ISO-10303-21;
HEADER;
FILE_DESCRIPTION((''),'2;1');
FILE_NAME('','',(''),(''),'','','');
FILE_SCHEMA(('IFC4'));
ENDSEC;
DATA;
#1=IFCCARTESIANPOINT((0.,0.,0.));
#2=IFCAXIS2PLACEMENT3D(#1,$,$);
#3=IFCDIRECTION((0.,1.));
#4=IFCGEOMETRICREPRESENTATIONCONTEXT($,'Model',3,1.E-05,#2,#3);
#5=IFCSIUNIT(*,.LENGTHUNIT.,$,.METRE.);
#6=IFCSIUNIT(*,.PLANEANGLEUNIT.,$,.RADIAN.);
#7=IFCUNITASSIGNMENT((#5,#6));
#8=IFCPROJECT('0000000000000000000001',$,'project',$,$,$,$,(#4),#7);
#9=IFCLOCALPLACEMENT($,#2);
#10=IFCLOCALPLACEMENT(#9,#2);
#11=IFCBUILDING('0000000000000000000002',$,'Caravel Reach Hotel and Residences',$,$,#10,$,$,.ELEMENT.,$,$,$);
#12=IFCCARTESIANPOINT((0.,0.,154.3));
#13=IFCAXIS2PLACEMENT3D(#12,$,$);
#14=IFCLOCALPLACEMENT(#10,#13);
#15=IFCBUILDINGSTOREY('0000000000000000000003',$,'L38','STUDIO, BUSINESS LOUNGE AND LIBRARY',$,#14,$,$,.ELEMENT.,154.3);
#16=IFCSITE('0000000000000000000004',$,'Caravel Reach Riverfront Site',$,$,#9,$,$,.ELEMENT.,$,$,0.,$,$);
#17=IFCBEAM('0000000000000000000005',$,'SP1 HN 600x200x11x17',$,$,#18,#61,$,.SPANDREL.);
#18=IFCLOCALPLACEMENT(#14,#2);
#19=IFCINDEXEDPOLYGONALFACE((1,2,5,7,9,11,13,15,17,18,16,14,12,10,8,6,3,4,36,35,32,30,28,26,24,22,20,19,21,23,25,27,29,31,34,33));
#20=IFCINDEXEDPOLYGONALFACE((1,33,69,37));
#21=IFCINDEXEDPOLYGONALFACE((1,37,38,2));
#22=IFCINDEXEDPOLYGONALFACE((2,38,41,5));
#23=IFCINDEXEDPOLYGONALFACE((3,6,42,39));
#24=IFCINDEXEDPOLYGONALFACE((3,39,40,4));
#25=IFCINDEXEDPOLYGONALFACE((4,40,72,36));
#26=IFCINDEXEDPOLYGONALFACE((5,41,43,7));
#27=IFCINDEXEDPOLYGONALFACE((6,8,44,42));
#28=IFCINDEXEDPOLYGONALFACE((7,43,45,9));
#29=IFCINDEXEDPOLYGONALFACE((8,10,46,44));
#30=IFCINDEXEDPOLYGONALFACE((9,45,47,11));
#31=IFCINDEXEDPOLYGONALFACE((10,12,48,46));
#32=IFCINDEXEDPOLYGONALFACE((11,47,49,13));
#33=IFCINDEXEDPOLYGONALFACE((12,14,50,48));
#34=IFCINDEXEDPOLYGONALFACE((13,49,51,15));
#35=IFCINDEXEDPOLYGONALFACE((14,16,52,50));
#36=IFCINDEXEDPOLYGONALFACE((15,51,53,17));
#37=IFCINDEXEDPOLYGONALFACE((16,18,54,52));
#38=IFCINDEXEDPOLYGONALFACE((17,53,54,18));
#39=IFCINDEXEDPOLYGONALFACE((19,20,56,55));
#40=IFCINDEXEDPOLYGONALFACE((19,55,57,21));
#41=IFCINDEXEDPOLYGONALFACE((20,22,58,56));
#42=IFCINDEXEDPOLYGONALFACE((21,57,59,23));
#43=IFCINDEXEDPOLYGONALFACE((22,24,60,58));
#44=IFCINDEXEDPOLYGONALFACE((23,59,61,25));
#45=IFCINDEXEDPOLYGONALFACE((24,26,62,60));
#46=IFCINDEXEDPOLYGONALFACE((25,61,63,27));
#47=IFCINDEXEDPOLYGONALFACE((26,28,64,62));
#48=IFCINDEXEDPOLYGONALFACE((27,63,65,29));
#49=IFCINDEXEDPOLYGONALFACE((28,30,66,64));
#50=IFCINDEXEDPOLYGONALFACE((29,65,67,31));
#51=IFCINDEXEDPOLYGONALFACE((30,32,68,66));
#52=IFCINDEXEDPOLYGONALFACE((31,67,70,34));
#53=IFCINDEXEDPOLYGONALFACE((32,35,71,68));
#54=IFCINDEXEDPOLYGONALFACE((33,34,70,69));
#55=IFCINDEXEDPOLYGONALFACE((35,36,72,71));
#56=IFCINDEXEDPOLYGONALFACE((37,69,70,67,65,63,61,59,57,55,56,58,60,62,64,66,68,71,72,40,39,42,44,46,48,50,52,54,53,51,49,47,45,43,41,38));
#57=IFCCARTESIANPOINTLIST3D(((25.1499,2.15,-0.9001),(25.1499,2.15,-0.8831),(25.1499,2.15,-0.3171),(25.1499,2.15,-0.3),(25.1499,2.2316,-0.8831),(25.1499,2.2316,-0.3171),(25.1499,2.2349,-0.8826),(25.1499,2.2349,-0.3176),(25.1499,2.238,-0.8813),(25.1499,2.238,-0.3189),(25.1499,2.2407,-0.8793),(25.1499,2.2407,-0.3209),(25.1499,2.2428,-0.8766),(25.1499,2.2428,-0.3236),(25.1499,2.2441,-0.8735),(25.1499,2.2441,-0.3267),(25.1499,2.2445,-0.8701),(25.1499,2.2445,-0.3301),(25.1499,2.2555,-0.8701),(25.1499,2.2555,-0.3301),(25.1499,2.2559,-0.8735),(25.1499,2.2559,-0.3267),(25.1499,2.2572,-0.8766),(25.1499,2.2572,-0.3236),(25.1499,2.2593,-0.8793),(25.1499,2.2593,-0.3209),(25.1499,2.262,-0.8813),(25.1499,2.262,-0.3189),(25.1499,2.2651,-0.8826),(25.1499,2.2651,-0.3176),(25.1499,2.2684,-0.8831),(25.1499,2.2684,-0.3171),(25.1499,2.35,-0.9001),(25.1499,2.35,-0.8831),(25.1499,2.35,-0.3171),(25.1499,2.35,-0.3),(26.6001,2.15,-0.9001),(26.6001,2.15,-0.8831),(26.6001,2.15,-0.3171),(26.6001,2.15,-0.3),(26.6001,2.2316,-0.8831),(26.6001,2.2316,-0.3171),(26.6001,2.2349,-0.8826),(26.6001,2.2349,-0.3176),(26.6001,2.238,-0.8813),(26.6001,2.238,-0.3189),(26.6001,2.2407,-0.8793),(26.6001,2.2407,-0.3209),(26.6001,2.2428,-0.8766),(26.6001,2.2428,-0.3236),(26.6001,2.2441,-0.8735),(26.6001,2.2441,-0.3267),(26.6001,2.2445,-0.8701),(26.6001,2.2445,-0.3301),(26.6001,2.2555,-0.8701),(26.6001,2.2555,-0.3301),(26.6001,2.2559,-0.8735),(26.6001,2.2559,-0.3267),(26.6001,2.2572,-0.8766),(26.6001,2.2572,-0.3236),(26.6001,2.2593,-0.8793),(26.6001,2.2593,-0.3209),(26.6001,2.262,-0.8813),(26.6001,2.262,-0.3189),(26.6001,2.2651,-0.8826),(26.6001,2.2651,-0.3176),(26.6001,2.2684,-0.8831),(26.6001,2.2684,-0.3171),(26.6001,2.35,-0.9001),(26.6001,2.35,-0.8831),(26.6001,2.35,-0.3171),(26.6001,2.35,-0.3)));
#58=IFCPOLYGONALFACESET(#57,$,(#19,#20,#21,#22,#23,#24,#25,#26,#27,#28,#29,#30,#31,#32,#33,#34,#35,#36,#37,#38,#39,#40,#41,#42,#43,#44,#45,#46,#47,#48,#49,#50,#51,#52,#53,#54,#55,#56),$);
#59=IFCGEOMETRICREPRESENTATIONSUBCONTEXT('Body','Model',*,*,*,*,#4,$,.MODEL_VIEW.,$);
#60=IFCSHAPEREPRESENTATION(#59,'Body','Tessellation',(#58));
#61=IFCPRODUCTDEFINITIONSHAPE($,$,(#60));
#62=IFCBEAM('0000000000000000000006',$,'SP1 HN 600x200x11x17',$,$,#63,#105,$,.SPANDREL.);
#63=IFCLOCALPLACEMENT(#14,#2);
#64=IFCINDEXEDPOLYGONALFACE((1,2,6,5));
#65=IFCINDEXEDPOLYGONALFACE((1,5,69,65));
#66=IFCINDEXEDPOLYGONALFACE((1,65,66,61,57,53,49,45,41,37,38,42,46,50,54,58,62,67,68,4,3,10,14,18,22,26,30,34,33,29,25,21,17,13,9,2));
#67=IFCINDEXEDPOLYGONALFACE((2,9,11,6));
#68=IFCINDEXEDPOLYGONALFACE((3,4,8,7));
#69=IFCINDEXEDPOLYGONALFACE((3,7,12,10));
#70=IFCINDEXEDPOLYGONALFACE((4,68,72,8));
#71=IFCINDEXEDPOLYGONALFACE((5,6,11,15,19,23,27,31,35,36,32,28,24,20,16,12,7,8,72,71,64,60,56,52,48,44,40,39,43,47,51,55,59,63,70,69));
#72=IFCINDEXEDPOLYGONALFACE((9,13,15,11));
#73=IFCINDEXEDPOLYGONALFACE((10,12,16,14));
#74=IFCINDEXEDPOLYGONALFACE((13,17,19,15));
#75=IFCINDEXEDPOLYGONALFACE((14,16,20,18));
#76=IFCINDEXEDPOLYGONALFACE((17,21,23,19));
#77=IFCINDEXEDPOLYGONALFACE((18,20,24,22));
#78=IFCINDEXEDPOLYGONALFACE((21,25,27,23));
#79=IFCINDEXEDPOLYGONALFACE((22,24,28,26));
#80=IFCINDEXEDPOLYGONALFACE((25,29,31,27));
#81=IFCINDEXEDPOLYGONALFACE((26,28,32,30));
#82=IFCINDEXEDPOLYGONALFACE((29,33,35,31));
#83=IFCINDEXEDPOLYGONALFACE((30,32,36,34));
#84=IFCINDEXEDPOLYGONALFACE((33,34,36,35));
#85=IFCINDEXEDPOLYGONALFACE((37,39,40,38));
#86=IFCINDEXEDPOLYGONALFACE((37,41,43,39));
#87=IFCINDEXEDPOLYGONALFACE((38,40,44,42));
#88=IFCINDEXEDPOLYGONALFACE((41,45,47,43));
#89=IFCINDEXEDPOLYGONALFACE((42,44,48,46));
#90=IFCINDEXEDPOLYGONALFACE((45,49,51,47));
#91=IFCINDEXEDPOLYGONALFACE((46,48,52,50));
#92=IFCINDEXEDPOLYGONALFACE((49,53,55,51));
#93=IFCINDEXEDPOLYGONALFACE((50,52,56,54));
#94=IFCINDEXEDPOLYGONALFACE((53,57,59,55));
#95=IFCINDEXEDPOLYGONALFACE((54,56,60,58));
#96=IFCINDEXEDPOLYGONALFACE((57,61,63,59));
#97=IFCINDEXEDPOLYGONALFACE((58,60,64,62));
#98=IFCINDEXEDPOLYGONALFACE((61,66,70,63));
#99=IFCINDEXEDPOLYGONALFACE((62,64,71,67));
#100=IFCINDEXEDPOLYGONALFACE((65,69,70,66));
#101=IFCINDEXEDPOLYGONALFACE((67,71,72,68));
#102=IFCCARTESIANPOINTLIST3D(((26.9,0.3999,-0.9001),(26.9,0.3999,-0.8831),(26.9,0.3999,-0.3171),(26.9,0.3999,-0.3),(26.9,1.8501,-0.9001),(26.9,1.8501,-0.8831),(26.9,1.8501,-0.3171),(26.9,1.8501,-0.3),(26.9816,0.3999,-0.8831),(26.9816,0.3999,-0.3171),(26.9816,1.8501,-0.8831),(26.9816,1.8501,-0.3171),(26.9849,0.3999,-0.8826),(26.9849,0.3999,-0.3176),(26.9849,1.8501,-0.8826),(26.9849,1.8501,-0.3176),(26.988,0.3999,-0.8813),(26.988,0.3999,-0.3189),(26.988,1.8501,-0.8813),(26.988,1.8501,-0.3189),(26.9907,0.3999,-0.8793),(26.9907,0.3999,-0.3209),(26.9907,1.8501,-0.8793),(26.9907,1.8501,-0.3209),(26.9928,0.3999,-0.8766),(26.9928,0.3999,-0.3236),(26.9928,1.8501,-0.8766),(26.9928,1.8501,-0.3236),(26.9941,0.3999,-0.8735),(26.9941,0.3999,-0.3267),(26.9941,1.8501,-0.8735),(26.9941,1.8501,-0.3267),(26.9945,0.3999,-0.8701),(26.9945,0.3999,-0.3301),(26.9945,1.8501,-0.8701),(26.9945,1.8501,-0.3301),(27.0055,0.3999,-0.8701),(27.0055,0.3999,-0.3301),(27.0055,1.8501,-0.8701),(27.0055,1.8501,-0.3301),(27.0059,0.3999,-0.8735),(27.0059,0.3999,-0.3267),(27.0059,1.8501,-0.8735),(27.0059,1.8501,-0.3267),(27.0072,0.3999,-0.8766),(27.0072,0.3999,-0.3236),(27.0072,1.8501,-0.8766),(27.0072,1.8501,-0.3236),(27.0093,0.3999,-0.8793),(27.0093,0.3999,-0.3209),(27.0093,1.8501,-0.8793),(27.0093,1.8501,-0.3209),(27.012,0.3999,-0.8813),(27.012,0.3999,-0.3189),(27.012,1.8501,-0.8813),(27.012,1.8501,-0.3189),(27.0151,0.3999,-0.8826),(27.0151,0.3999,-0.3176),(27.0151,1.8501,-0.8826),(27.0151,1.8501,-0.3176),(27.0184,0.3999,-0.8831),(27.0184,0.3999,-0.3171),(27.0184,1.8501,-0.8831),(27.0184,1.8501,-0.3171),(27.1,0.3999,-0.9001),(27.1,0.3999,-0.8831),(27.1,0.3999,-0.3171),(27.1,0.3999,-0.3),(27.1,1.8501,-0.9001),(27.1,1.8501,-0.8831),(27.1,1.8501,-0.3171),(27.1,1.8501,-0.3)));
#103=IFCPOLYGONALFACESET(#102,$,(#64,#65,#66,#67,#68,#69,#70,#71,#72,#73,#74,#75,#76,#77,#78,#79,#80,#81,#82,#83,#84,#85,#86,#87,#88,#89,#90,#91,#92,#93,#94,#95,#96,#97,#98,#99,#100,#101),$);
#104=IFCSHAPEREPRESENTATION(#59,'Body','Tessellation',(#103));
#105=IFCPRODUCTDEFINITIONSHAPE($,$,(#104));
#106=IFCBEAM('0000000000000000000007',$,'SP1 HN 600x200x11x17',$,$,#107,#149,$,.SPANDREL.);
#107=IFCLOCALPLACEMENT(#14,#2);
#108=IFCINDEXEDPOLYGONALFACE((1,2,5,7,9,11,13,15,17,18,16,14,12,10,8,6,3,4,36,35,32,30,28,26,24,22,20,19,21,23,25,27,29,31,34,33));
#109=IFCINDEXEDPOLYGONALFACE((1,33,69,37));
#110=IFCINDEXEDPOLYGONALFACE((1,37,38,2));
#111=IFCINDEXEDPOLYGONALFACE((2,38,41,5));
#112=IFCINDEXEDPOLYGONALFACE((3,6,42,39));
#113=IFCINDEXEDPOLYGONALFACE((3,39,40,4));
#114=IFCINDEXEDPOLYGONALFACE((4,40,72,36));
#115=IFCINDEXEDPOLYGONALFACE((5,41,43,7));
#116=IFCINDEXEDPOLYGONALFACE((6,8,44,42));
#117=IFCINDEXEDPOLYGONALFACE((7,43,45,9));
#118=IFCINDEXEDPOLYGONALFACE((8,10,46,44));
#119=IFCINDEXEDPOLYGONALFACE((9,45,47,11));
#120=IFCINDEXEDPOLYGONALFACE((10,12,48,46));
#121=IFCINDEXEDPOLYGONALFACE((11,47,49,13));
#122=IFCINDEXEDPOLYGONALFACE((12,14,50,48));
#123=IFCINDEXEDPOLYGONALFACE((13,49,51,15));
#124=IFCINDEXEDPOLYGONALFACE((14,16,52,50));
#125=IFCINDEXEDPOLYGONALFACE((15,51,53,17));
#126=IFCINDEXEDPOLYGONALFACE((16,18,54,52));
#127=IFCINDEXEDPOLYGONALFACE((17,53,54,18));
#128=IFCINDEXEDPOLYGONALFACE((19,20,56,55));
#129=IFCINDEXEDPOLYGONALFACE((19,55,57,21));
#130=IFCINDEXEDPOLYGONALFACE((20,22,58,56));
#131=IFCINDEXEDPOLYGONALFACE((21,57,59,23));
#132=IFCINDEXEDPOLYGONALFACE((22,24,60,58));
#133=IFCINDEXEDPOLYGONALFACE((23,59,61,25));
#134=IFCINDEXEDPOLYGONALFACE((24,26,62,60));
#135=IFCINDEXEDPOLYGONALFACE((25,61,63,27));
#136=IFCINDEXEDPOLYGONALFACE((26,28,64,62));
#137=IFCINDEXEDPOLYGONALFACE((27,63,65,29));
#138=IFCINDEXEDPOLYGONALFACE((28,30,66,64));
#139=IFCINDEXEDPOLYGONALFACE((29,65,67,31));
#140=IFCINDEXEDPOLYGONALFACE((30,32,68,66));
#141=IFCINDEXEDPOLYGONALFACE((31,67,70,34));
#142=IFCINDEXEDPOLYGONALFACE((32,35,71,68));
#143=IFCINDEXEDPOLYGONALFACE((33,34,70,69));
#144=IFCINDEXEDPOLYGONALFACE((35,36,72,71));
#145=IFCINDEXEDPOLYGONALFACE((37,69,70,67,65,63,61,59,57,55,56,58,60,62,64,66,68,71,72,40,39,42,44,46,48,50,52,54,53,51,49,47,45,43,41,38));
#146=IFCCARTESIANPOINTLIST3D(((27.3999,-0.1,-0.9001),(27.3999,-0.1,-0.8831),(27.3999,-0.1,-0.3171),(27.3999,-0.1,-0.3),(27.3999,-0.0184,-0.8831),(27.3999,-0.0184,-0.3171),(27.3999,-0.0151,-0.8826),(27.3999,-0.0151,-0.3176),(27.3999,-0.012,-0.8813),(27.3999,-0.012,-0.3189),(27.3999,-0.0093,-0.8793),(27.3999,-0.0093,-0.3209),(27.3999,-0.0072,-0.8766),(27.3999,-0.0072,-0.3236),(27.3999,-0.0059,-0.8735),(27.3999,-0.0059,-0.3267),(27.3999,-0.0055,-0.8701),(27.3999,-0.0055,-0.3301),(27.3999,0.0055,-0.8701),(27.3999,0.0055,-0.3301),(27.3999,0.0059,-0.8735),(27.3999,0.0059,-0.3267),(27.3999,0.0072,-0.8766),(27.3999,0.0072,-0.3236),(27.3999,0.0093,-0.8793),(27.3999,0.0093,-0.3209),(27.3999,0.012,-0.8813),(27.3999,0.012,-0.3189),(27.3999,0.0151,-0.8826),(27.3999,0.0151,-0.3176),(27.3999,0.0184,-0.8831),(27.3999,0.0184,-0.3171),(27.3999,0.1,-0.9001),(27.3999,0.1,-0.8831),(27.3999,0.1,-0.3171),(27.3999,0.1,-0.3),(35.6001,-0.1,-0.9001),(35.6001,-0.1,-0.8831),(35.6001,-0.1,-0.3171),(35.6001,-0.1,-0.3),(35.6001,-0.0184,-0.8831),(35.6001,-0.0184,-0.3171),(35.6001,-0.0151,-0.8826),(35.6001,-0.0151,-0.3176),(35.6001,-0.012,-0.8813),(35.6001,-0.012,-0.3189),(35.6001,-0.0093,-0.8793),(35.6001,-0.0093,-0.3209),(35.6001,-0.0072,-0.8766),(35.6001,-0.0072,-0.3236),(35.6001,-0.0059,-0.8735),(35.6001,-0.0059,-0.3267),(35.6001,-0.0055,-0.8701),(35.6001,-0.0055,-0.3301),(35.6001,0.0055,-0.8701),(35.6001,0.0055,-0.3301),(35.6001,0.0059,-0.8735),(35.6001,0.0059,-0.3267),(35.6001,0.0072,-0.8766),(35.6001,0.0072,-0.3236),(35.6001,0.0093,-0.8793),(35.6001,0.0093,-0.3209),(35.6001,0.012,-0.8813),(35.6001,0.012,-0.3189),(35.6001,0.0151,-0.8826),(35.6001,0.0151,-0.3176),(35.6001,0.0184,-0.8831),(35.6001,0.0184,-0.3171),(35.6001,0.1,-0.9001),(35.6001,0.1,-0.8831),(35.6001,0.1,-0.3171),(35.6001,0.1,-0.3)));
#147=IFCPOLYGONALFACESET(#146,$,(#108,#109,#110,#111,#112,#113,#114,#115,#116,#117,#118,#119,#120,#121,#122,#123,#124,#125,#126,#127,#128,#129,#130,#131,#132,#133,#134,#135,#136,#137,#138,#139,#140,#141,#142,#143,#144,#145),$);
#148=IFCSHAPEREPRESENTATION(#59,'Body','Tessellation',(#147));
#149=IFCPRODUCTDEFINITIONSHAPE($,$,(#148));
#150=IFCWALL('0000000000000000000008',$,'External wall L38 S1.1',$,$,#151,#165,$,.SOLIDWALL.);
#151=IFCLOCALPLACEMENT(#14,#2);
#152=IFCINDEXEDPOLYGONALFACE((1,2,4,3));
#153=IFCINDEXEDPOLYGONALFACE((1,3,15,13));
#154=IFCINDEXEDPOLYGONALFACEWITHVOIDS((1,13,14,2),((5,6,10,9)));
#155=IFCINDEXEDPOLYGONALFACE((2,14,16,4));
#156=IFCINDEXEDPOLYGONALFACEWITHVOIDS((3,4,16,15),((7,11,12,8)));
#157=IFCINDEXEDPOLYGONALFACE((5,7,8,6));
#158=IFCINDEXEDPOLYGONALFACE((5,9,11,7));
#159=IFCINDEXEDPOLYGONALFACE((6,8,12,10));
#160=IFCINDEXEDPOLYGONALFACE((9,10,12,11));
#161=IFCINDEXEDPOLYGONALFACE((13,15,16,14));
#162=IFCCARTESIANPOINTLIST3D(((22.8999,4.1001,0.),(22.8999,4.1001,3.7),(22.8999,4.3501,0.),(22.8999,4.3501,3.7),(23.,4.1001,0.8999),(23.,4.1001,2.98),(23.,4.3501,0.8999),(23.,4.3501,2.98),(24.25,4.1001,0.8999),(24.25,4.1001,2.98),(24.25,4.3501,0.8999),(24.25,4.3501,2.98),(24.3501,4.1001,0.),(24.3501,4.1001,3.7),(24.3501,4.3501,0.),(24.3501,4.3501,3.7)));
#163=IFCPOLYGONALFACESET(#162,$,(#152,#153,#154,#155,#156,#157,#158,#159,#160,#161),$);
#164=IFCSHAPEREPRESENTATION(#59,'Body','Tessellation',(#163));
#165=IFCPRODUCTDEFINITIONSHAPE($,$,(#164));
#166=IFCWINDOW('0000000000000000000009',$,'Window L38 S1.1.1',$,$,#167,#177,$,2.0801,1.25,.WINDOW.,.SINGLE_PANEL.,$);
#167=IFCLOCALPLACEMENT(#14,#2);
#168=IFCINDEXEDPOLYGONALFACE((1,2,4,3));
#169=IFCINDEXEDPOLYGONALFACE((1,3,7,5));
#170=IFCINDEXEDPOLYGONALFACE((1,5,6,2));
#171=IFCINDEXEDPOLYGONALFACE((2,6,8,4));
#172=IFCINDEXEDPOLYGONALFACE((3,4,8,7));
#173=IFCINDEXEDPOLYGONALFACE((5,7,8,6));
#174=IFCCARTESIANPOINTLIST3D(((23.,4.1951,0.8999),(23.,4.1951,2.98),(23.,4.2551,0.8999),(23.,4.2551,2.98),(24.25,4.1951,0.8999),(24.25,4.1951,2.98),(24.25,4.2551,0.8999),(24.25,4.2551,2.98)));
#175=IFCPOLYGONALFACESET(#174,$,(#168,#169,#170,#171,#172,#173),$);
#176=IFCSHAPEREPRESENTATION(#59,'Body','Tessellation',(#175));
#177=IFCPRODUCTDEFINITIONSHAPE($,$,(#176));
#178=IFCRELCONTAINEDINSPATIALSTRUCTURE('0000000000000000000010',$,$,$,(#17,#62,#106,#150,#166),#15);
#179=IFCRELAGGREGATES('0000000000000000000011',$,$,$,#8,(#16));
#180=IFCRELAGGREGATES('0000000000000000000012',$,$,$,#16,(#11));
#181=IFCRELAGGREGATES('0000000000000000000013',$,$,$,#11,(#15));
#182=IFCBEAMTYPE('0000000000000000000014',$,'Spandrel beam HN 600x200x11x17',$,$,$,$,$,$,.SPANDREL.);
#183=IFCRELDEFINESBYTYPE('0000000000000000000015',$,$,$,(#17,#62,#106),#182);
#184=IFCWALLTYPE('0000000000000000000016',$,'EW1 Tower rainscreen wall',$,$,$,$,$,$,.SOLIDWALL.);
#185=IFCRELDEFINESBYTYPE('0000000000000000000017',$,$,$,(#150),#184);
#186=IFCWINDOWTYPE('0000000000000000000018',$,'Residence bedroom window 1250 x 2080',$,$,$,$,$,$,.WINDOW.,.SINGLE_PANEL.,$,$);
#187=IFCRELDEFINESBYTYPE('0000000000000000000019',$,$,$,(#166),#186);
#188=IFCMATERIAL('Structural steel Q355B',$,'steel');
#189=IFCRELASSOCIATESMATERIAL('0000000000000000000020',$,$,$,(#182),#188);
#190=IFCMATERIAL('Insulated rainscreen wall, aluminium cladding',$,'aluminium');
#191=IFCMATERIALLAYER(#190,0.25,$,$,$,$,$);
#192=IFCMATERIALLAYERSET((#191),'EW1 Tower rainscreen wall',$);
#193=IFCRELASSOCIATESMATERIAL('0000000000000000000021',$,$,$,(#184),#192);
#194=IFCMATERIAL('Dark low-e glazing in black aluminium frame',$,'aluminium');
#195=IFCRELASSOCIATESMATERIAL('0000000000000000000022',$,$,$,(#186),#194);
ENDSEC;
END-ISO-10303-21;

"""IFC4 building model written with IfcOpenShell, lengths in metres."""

from ifc_helpers import new_model, si_unit, direction, frame, frame_2d, origin, origin_2d, place, context, subcontext, project, spatial, rectangle, i_section, extrude, material, layer, layer_set, material_profile, profile_set, type_object, element, fill, save


model = new_model("IFC4")

# Units and contexts
model_context = context("Model", 3, precision=1e-05, world=origin(), true_north=direction((0.0, 1.0)))
body_context = subcontext(model_context, "Body", "Model", "MODEL_VIEW")
ifc_project = project(units=[si_unit("LENGTHUNIT", "METRE"), si_unit("PLANEANGLEUNIT", "RADIAN")], contexts=[model_context])

# Site, building, storey
site_placement = place(None, origin())
site = spatial("IfcSite", under=ifc_project, at=site_placement, Name="Caravel Reach Riverfront Site", CompositionType="ELEMENT", RefElevation=0.0)
building_placement = place(site_placement, origin())
building = spatial("IfcBuilding", under=site, at=building_placement, Name="Caravel Reach Hotel and Residences", CompositionType="ELEMENT")
storey_placement = place(building_placement, frame((0.0, 0.0, 154.3)))
storey = spatial("IfcBuildingStorey", under=building, at=storey_placement, Name="L38", Description="STUDIO, BUSINESS LOUNGE AND LIBRARY", CompositionType="ELEMENT", Elevation=154.3)

# Beams
ifc_material_1 = material(Name="Structural steel Q355B", Category="steel")
ifc_material_profile_1 = material_profile(ifc_material_1, i_section(OverallWidth=0.2, OverallDepth=0.6001, WebThickness=0.011, FlangeThickness=0.0171, FilletRadius=0.0129, at=origin_2d()), Name="HN 600x200x11x17")
ifc_profile_set_1 = profile_set([ifc_material_profile_1], Name="Structural steel Q355B")
beam_type = type_object("IfcBeamType", Name="Spandrel beam HN 600x200x11x17", PredefinedType="SPANDREL", material=ifc_profile_set_1)
for number, where, z_axis, x_axis, name in (
    (1, (25.1499, 2.25, -0.6001), (1.0, 0.0, 0.0), (0.0, 1.0, 0.0), "SP1 HN 600x200x11x17"),
    (2, (27.0, 1.8501, -0.6001), (0.0, -1.0, 0.0), (1.0, 0.0, 0.0), "SP1 HN 600x200x11x17"),
):
    element("IfcBeam", number, at=place(storey_placement, frame(where, z_axis=z_axis, x_axis=x_axis)), inside=storey, type_object=beam_type, Name=name, PredefinedType="SPANDREL", context=body_context, shape_type="SweptSolid", body=[
        extrude(i_section(OverallWidth=0.2, OverallDepth=0.6001, WebThickness=0.011, FlangeThickness=0.0171, FilletRadius=0.0129, at=origin_2d()), origin(), (0.0, 0.0, 1.0), 1.4502),
    ])
beam_placement = place(storey_placement, frame((27.3999, 0.0, -0.6001), z_axis=(1.0, 0.0, 0.0), x_axis=(0.0, 1.0, 0.0)))
element("IfcBeam", 3, at=beam_placement, inside=storey, type_object=beam_type, Name="SP1 HN 600x200x11x17", PredefinedType="SPANDREL", context=body_context, shape_type="SweptSolid", body=[
    extrude(i_section(OverallWidth=0.2, OverallDepth=0.6001, WebThickness=0.011, FlangeThickness=0.0171, FilletRadius=0.0129, at=origin_2d()), origin(), (0.0, 0.0, 1.0), 8.2002),
])

# Wall, opening, window
ifc_material_2 = material(Name="Insulated rainscreen wall, aluminium cladding", Category="aluminium")
ifc_layer_1 = layer(ifc_material_2, 0.25)
ifc_layer_set_1 = layer_set([ifc_layer_1], Name="EW1 Tower rainscreen wall")
wall_type_1 = type_object("IfcWallType", Name="EW1 Tower rainscreen wall", PredefinedType="SOLIDWALL", material=ifc_layer_set_1)
wall_1_placement = place(storey_placement, frame((22.8999, 4.2251, 0.0), z_axis=(0.0, 0.0, 1.0), x_axis=(1.0, 0.0, 0.0)))
wall_1 = element("IfcWall", 4, at=wall_1_placement, inside=storey, type_object=wall_type_1, Name="External wall L38 S1.1", PredefinedType="SOLIDWALL", context=body_context, shape_type="SweptSolid", body=[
    extrude(rectangle(XDim=1.4502, YDim=0.25, at=frame_2d((0.7251, 0.0))), origin(), (0.0, 0.0, 1.0), 3.7),
])
opening_1_placement = place(wall_1_placement, frame((0.1001, 0.0, 0.8999)))
opening_1 = element("IfcOpeningElement", 5, at=opening_1_placement, cuts=wall_1, PredefinedType="OPENING", context=body_context, shape_type="SweptSolid", body=[
    extrude(rectangle(XDim=1.25, YDim=2.0801, at=frame_2d((0.625, 1.04))), frame((0.0, 0.135, 0.0), z_axis=(0.0, -1.0, 0.0), x_axis=(1.0, 0.0, 0.0)), (0.0, 0.0, 1.0), 0.27),
])
ifc_material_3 = material(Name="Dark low-e glazing in black aluminium frame", Category="aluminium")
window_type_1 = type_object("IfcWindowType", Name="Residence bedroom window 1250 x 2080", PartitioningType="SINGLE_PANEL", PredefinedType="WINDOW", material=ifc_material_3)
window_1_placement = place(opening_1_placement, origin())
window_1 = element("IfcWindow", 6, at=window_1_placement, inside=storey, type_object=window_type_1, Name="Window L38 S1.1.1", OverallHeight=2.0801, OverallWidth=1.25, PartitioningType="SINGLE_PANEL", PredefinedType="WINDOW", context=body_context, shape_type="SweptSolid", body=[
    extrude(rectangle(XDim=1.25, YDim=2.0801, at=frame_2d((0.625, 1.04))), frame((0.0, 0.03, 0.0), z_axis=(0.0, -1.0, 0.0), x_axis=(1.0, 0.0, 0.0)), (0.0, 0.0, 1.0), 0.0601),
])
fill(opening_1, window_1)

save(model, "model.ifc")
